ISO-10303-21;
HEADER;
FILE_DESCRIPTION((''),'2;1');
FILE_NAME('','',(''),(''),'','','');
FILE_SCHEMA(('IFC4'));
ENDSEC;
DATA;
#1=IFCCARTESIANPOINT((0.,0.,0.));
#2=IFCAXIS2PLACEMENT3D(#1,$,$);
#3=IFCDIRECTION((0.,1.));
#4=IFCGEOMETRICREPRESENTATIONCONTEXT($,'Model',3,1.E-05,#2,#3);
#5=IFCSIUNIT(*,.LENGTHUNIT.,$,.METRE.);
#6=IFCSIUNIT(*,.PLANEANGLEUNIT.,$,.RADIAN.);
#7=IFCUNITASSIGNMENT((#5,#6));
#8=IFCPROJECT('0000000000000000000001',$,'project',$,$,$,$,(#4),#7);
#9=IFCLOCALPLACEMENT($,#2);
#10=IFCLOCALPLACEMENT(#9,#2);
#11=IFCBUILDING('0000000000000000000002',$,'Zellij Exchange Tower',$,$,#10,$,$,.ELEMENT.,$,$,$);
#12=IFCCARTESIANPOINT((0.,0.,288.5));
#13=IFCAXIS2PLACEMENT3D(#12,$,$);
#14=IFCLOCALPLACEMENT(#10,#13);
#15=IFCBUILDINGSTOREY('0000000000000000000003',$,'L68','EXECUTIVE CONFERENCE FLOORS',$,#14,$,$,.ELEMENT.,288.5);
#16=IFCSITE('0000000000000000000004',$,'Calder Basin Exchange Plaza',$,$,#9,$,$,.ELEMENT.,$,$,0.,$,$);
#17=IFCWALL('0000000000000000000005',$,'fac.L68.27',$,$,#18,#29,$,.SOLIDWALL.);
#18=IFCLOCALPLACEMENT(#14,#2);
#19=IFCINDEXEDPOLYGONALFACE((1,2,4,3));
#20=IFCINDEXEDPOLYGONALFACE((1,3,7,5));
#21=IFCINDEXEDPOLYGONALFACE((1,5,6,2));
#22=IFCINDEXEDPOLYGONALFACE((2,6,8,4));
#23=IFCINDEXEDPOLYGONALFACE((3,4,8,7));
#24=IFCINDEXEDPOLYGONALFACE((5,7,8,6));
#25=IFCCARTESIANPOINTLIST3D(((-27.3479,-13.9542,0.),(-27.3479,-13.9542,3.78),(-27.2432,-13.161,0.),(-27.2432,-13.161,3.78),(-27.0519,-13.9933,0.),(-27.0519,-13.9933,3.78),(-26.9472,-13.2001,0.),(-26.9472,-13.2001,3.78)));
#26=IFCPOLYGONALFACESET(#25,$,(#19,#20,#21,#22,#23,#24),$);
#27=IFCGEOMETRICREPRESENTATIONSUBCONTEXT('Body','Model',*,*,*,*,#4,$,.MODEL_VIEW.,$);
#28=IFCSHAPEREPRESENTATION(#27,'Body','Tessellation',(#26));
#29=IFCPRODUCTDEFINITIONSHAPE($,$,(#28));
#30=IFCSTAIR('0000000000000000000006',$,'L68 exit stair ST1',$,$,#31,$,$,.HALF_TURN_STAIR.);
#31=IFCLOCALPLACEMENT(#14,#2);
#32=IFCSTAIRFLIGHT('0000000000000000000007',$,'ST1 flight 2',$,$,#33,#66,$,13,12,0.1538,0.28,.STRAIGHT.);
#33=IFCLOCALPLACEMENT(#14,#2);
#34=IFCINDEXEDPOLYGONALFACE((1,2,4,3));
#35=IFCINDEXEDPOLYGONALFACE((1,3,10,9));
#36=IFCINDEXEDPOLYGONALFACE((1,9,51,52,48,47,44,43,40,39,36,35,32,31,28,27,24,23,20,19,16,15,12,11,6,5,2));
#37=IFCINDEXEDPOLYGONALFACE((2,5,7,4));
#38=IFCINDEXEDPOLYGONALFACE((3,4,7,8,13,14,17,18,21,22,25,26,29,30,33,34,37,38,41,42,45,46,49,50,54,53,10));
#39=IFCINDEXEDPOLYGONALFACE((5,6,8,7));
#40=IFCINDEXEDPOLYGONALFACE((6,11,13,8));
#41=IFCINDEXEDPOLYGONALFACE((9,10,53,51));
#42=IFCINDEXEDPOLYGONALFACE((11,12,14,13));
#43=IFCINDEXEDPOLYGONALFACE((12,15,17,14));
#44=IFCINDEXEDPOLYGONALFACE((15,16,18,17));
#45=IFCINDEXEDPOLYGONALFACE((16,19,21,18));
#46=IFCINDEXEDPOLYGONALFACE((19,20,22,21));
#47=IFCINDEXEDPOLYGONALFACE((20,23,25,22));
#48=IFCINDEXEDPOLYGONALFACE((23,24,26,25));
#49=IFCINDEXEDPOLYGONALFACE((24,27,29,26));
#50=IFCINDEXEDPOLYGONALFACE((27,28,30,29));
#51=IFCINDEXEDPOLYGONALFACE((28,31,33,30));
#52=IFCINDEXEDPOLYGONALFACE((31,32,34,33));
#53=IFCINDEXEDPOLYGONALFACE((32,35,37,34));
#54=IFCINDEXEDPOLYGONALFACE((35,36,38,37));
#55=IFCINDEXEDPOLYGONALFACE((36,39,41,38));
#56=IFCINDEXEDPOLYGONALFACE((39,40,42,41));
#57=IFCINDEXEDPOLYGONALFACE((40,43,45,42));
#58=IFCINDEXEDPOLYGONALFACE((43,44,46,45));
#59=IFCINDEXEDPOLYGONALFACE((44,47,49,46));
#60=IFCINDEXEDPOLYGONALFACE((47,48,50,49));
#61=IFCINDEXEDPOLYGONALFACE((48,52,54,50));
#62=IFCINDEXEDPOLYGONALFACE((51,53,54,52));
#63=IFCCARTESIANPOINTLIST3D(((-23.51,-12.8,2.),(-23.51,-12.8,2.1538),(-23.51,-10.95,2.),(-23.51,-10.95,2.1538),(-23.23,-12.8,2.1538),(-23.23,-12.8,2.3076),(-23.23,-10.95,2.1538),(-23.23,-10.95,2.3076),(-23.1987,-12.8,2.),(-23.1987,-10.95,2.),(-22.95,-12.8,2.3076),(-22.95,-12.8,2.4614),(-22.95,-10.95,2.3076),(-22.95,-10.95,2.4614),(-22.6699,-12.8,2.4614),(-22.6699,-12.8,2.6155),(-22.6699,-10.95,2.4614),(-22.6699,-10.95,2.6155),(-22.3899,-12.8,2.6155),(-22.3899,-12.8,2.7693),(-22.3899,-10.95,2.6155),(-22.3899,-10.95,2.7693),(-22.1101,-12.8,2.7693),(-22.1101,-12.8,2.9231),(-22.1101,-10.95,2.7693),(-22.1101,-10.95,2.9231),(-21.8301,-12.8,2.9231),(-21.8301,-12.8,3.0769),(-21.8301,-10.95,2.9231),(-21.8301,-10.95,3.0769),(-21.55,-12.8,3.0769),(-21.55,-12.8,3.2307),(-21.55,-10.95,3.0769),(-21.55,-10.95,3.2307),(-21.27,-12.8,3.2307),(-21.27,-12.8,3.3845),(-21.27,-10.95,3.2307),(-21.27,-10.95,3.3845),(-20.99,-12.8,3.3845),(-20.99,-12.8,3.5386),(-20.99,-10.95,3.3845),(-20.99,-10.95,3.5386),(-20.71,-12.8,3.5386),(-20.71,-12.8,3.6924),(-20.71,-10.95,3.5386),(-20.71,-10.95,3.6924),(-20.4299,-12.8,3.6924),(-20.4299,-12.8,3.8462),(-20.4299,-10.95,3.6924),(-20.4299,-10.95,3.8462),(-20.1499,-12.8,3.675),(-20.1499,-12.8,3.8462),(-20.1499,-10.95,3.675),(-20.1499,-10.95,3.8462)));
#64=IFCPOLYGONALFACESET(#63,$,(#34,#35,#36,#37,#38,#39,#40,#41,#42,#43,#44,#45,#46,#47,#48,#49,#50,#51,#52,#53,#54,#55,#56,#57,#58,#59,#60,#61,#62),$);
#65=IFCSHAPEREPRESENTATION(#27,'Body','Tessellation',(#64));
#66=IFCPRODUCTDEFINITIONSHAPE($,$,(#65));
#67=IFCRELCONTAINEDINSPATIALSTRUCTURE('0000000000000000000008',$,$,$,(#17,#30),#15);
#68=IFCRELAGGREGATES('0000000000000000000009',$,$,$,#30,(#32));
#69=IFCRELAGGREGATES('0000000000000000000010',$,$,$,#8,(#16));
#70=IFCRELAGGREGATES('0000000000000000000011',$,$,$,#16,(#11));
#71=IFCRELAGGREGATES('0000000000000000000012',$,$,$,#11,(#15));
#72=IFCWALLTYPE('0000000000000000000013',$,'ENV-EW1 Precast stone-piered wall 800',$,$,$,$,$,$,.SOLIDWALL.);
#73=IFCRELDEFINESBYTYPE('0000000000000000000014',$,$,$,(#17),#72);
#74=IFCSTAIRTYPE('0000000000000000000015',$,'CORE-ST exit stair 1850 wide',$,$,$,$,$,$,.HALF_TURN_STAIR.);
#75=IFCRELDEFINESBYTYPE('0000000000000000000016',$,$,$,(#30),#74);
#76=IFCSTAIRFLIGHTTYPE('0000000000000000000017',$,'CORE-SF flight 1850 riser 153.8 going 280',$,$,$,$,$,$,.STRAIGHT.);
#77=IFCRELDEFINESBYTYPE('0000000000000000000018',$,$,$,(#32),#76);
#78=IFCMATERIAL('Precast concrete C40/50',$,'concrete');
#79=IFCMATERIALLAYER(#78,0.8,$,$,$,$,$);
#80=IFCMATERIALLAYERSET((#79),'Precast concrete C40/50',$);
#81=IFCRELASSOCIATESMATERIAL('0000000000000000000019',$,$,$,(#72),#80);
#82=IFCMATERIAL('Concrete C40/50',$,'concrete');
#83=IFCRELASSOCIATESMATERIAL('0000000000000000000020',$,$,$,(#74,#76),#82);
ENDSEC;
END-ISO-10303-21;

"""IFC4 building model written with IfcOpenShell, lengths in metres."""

from ifc_helpers import new_model, si_unit, direction, frame, frame_2d, origin, place, context, subcontext, project, spatial, polyline, rectangle, outline, extrude, material, layer, layer_set, type_object, element, aggregate, save


model = new_model("IFC4")

# Units and contexts
model_context = context("Model", 3, precision=1e-05, world=origin(), true_north=direction((0.0, 1.0)))
body_context = subcontext(model_context, "Body", "Model", "MODEL_VIEW")
ifc_project = project(units=[si_unit("LENGTHUNIT", "METRE"), si_unit("PLANEANGLEUNIT", "RADIAN")], contexts=[model_context])

# Site, building, storey
site_placement = place(None, origin())
site = spatial("IfcSite", under=ifc_project, at=site_placement, Name="Calder Basin Exchange Plaza", CompositionType="ELEMENT", RefElevation=0.0)
building_placement = place(site_placement, origin())
building = spatial("IfcBuilding", under=site, at=building_placement, Name="Zellij Exchange Tower", CompositionType="ELEMENT")
storey_placement = place(building_placement, frame((0.0, 0.0, 288.5)))
storey = spatial("IfcBuildingStorey", under=building, at=storey_placement, Name="L68", Description="EXECUTIVE CONFERENCE FLOORS", CompositionType="ELEMENT", Elevation=288.5)

# Wall
ifc_material_1 = material(Name="Precast concrete C40/50", Category="concrete")
ifc_layer_1 = layer(ifc_material_1, 0.8)
ifc_layer_set_1 = layer_set([ifc_layer_1], Name="Precast concrete C40/50")
wall_type_1 = type_object("IfcWallType", Name="ENV-EW1 Precast stone-piered wall 800", PredefinedType="SOLIDWALL", material=ifc_layer_set_1)
wall_1_placement = place(storey_placement, frame((-27.2957, -13.5576, 0.0), z_axis=(0.0, 0.0, 1.0), x_axis=(0.991399, -0.130878, 0.0)))
element("IfcWall", 1, at=wall_1_placement, inside=storey, type_object=wall_type_1, Name="fac.L68.27", PredefinedType="SOLIDWALL", context=body_context, shape_type="SweptSolid", body=[
    extrude(rectangle(XDim=0.2986, YDim=0.8, at=frame_2d((0.1494, 0.0))), origin(), (0.0, 0.0, 1.0), 3.78),
])

# Stair, stair flight
ifc_material_2 = material(Name="Concrete C40/50", Category="concrete")
stair_type = type_object("IfcStairType", Name="CORE-ST exit stair 1850 wide", PredefinedType="HALF_TURN_STAIR", material=ifc_material_2)
stair_placement = place(storey_placement, origin())
stair = element("IfcStair", 2, at=stair_placement, inside=storey, type_object=stair_type, Name="L68 exit stair ST1", PredefinedType="HALF_TURN_STAIR")
stair_flight_type = type_object("IfcStairFlightType", Name="CORE-SF flight 1850 riser 153.8 going 280", PredefinedType="STRAIGHT", material=ifc_material_2)
stair_flight_placement = place(storey_placement, frame((-23.51, -11.875, 2.0), z_axis=(0.0, 0.0, 1.0), x_axis=(1.0, 0.0, 0.0)))
stair_flight = element("IfcStairFlight", 3, at=stair_flight_placement, type_object=stair_flight_type, Name="ST1 flight 2", NumberOfRisers=13, NumberOfTreads=12, PredefinedType="STRAIGHT", RiserHeight=0.1538, TreadLength=0.28, context=body_context, shape_type="SweptSolid", body=[
    extrude(outline(polyline([(0.0, 0.0), (0.0, 0.1538), (0.28, 0.1538), (0.28, 0.3076), (0.5601, 0.3076), (0.5601, 0.4614), (0.8401, 0.4614), (0.8401, 0.6155), (1.1201, 0.6155), (1.1201, 0.7693), (1.3999, 0.7693), (1.3999, 0.9231), (1.6799, 0.9231), (1.6799, 1.0769), (1.96, 1.0769), (1.96, 1.2307), (2.24, 1.2307), (2.24, 1.3845), (2.52, 1.3845), (2.52, 1.5386), (2.8, 1.5386), (2.8, 1.6924), (3.0801, 1.6924), (3.0801, 1.8462), (3.3601, 1.8462), (3.3601, 2.0), (3.3601, 1.675), (0.3113, 0.0), (0.0, 0.0)])), frame((0.0, 0.925, 0.0), z_axis=(0.0, -1.0, 0.0), x_axis=(1.0, 0.0, 0.0)), (0.0, 0.0, 1.0), 1.8501),
])
aggregate(stair, [stair_flight])

save(model, "model.ifc")
